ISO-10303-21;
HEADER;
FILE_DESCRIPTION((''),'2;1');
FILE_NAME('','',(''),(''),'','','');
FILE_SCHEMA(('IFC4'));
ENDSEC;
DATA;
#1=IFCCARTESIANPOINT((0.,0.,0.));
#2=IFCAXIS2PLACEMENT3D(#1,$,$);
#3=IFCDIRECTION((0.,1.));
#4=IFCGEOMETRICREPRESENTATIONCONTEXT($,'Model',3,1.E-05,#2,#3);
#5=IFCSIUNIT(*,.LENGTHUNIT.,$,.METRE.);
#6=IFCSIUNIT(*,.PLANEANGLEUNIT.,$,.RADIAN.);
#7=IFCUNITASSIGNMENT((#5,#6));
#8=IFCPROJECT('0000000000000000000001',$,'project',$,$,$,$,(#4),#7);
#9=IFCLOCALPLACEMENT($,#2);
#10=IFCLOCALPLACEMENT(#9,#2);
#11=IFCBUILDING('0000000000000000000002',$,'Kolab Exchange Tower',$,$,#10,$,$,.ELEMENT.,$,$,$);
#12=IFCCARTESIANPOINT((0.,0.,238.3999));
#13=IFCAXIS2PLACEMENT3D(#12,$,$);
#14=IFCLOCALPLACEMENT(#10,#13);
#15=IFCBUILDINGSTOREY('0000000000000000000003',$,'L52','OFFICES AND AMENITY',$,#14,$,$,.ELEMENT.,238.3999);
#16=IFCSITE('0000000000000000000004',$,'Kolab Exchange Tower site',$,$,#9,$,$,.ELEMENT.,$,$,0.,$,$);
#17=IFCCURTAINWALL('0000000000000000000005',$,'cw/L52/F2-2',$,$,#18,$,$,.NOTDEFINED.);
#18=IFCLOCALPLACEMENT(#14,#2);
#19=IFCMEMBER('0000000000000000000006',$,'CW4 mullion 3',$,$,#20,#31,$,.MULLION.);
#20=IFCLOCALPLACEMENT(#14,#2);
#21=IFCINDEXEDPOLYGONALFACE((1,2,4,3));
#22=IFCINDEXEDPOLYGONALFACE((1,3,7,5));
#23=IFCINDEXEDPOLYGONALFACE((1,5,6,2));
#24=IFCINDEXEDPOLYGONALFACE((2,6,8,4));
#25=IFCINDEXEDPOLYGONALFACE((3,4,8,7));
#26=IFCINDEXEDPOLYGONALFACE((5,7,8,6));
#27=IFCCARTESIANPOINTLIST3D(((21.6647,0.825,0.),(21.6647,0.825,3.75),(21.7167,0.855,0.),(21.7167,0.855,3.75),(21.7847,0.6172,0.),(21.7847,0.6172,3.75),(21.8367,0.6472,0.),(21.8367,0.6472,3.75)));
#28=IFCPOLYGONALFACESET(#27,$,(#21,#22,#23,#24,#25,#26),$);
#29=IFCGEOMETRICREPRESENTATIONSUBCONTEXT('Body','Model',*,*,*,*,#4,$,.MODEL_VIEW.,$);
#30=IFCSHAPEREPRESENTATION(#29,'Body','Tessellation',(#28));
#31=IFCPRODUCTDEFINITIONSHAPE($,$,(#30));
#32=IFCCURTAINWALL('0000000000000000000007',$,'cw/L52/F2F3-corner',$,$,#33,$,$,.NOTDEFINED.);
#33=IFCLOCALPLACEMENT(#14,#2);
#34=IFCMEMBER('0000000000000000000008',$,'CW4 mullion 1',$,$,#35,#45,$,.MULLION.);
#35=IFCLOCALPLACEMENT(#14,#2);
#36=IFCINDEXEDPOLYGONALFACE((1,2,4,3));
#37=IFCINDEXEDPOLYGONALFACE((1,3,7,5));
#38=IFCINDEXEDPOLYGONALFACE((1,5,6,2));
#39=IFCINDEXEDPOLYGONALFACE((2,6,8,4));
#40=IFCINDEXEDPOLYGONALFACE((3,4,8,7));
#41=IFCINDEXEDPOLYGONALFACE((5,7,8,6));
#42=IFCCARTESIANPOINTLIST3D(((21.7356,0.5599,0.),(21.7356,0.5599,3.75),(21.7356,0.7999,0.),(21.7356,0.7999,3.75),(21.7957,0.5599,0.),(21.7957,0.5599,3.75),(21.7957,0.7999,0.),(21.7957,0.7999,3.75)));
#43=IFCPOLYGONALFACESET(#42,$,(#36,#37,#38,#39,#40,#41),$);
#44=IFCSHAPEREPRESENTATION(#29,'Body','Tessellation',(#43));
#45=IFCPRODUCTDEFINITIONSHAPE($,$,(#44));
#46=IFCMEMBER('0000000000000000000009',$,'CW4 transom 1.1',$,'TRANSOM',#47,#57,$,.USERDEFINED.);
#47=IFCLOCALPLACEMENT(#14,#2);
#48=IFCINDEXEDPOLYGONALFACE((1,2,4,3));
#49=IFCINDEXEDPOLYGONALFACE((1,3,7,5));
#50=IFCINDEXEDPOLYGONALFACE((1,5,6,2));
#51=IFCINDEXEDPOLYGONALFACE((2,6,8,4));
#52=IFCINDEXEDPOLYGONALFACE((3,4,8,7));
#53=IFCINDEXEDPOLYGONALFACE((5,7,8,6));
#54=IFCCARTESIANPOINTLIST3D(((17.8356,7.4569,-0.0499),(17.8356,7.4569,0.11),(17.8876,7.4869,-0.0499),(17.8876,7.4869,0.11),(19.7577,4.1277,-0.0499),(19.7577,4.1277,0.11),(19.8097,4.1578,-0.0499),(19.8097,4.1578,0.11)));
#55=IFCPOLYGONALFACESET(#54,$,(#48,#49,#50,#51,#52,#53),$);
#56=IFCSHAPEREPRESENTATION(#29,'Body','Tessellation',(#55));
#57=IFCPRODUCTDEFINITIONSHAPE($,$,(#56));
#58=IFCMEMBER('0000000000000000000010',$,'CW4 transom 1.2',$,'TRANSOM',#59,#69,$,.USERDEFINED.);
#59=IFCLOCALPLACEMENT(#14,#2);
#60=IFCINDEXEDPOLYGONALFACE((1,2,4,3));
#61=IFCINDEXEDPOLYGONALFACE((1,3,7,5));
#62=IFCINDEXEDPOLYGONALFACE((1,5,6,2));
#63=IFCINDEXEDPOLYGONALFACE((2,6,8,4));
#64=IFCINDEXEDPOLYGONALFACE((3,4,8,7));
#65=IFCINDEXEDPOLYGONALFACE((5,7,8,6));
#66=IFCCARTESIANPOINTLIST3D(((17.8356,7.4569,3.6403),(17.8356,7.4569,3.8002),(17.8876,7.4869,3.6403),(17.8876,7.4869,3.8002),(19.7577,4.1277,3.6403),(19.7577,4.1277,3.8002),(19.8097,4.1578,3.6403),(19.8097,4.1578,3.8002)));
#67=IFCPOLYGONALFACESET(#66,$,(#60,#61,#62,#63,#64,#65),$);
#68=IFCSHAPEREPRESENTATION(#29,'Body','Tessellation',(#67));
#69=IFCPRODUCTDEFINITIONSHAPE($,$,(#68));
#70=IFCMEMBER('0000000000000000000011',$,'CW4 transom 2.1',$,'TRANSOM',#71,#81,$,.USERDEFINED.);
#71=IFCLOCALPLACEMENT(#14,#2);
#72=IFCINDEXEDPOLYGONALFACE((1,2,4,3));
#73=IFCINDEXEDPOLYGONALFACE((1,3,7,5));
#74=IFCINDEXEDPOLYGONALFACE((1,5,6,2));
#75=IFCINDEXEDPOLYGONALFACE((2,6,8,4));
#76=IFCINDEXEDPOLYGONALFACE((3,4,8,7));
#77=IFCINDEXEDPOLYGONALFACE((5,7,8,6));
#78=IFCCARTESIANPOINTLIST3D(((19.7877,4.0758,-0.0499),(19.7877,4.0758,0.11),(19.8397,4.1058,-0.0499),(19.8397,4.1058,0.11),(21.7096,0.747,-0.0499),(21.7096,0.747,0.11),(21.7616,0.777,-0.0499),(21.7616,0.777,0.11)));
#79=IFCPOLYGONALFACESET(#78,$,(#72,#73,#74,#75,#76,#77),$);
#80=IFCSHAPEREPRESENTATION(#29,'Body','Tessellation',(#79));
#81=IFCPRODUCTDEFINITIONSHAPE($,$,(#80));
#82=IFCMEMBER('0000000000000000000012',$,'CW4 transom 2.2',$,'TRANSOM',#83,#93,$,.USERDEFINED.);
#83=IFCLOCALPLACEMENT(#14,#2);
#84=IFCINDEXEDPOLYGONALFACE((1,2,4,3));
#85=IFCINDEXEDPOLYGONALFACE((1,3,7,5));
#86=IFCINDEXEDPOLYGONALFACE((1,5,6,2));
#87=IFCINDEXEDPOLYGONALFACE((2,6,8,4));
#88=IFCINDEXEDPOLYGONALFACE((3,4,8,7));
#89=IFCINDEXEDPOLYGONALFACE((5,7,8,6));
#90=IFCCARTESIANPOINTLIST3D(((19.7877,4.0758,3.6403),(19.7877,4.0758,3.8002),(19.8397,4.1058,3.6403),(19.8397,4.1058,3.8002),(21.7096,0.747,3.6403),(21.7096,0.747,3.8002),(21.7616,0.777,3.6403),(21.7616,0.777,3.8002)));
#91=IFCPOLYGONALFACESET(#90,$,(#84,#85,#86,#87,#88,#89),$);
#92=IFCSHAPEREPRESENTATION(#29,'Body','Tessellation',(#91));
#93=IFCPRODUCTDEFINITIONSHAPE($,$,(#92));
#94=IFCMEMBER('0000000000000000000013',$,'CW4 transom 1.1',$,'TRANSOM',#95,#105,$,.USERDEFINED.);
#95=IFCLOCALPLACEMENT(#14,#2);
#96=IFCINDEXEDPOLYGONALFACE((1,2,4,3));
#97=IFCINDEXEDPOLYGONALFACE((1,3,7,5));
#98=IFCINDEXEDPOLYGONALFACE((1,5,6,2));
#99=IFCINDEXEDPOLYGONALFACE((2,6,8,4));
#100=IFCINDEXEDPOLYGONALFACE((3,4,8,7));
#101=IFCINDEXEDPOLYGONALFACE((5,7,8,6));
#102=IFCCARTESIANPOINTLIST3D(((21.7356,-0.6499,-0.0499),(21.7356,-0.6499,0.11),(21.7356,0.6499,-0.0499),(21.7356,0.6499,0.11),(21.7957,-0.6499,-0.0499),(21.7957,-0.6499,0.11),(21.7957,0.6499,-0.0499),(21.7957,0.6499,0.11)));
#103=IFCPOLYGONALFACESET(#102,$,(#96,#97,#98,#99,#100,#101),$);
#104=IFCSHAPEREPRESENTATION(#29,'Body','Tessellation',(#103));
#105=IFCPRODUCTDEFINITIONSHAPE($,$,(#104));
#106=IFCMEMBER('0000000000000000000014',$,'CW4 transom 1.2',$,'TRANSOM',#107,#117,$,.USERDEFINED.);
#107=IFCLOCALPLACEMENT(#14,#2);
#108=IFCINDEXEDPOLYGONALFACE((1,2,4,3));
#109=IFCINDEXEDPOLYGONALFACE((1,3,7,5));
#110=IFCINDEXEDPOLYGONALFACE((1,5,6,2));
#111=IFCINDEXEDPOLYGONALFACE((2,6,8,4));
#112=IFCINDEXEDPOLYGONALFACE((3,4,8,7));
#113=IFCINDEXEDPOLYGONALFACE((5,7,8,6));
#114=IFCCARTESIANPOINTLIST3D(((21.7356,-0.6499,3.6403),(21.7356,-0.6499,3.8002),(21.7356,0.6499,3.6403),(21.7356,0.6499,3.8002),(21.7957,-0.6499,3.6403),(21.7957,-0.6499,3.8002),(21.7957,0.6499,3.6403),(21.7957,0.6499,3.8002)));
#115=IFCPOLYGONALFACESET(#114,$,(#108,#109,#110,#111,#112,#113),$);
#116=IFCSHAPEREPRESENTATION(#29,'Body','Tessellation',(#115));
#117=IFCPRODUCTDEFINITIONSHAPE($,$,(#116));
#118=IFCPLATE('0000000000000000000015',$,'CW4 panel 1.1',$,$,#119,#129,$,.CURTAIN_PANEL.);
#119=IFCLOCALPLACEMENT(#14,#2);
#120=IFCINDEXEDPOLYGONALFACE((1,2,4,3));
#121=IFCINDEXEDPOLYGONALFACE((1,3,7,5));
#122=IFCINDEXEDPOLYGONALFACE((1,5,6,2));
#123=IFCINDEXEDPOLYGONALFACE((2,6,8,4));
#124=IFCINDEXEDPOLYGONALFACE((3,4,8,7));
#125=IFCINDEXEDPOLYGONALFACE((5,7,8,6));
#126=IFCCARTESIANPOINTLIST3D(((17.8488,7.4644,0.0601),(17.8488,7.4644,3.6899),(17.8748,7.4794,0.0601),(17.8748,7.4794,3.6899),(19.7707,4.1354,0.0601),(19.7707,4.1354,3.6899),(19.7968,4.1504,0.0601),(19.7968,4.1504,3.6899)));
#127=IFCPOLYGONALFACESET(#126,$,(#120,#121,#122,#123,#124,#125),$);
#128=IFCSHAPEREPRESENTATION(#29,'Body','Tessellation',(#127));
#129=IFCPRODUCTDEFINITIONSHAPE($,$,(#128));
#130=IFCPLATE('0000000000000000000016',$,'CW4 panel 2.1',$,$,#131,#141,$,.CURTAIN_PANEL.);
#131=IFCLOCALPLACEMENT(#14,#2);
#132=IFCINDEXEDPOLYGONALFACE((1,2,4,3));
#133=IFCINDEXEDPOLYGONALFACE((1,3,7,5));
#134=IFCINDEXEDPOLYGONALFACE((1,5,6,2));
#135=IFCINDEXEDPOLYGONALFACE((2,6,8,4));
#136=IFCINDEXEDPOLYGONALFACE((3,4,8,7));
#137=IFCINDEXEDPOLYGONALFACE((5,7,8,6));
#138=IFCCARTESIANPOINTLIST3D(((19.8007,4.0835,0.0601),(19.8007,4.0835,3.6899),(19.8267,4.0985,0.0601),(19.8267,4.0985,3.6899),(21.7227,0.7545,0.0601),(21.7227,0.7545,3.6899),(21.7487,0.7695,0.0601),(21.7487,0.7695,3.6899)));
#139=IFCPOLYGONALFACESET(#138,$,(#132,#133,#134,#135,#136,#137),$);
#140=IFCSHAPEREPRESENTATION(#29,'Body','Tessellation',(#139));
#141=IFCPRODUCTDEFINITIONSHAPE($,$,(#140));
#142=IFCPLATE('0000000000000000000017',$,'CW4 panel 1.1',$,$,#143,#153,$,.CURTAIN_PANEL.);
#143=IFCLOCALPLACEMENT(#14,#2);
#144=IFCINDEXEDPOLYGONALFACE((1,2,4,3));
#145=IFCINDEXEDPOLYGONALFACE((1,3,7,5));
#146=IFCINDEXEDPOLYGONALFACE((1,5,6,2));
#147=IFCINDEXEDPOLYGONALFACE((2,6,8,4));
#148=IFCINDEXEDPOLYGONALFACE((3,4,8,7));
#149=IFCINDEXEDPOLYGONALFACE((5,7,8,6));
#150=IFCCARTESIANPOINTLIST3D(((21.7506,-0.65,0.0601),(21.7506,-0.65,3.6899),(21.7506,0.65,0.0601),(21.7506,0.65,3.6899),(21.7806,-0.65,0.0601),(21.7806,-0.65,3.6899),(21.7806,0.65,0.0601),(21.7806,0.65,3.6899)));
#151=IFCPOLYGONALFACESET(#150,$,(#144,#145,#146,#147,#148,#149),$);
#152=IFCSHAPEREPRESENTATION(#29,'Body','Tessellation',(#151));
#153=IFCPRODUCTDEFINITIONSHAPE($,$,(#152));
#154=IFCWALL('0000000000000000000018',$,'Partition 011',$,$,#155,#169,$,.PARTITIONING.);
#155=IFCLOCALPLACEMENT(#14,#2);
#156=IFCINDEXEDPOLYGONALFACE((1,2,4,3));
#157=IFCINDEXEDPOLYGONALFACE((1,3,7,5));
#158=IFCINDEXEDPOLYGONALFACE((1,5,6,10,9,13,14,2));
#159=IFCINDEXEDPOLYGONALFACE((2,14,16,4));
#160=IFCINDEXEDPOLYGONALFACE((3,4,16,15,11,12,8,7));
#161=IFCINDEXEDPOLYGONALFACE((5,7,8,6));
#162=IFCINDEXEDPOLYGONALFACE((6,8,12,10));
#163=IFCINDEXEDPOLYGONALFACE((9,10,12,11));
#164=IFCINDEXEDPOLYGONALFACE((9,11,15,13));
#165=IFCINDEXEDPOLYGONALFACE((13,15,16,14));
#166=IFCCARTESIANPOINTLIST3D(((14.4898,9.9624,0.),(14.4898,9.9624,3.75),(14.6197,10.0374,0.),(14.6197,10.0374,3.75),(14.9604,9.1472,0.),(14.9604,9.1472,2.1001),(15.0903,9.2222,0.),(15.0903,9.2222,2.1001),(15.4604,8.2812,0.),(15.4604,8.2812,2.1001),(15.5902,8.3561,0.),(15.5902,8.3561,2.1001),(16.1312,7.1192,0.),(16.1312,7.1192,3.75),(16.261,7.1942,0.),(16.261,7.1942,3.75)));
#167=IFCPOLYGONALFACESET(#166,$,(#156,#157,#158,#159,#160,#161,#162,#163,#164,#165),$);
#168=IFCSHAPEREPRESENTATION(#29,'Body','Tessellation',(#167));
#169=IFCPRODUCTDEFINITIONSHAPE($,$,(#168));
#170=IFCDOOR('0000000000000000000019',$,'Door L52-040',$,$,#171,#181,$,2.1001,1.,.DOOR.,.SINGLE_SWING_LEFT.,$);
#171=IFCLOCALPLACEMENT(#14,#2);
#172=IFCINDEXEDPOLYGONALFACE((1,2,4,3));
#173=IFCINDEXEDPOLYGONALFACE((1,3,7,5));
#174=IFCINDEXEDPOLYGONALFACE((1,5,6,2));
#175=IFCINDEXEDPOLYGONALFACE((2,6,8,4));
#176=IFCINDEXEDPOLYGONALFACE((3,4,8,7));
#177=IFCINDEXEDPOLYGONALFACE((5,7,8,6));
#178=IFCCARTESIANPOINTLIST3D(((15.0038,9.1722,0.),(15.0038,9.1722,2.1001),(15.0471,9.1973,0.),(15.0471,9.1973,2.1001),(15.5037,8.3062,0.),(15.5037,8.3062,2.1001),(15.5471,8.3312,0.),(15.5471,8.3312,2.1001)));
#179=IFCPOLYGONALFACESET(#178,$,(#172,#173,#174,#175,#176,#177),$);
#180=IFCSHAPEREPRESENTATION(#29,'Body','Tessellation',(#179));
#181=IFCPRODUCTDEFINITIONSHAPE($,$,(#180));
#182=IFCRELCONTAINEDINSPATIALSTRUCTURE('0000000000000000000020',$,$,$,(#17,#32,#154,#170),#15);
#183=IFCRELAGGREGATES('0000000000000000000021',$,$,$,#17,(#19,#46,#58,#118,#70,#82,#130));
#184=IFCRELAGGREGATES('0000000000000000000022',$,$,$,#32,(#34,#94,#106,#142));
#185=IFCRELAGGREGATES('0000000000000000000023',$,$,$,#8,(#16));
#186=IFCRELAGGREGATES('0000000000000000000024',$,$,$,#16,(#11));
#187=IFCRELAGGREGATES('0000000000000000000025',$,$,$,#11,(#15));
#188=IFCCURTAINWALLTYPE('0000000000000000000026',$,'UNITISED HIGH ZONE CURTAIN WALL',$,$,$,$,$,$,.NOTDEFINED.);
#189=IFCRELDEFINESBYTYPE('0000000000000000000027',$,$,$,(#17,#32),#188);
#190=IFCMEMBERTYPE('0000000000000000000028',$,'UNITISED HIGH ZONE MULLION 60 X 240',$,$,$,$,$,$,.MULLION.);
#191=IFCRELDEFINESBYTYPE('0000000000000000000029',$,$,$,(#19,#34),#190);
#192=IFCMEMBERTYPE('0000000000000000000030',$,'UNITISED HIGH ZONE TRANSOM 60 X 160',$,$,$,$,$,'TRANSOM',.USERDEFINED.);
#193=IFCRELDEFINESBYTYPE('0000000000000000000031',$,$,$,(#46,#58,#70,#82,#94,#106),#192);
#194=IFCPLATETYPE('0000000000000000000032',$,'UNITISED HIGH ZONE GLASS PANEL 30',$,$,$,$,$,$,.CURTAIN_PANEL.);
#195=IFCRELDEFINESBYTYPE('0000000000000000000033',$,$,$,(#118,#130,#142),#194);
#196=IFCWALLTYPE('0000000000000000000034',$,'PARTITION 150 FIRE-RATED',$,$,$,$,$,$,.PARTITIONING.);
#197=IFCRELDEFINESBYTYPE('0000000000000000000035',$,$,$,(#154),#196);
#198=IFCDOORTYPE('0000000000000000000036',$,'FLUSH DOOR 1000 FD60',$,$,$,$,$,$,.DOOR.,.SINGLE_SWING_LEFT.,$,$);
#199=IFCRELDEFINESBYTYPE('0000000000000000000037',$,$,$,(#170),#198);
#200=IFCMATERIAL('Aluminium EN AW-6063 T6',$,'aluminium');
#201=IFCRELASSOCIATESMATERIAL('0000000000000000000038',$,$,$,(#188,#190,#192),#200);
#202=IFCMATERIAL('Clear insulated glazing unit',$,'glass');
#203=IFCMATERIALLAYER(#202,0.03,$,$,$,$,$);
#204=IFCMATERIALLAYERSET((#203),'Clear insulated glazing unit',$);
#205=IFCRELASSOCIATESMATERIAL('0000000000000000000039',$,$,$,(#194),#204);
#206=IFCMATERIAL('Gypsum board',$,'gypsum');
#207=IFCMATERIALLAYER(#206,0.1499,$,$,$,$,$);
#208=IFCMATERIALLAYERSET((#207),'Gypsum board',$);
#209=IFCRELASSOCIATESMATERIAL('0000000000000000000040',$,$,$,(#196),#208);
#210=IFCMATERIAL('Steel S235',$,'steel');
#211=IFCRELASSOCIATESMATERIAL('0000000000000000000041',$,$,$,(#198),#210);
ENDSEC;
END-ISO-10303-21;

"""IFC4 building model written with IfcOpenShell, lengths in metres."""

from ifc_helpers import new_model, si_unit, direction, frame, frame_2d, origin, origin_2d, place, context, subcontext, project, spatial, rectangle, extrude, material, layer, layer_set, material_profile, profile_set, type_object, element, fill, aggregate, save


model = new_model("IFC4")

# Units and contexts
model_context = context("Model", 3, precision=1e-05, world=origin(), true_north=direction((0.0, 1.0)))
body_context = subcontext(model_context, "Body", "Model", "MODEL_VIEW")
ifc_project = project(units=[si_unit("LENGTHUNIT", "METRE"), si_unit("PLANEANGLEUNIT", "RADIAN")], contexts=[model_context])

# Site, building, storey
site_placement = place(None, origin())
site = spatial("IfcSite", under=ifc_project, at=site_placement, Name="Kolab Exchange Tower site", CompositionType="ELEMENT", RefElevation=0.0)
building_placement = place(site_placement, origin())
building = spatial("IfcBuilding", under=site, at=building_placement, Name="Kolab Exchange Tower", CompositionType="ELEMENT")
storey_placement = place(building_placement, frame((0.0, 0.0, 238.3999)))
storey = spatial("IfcBuildingStorey", under=building, at=storey_placement, Name="L52", Description="OFFICES AND AMENITY", CompositionType="ELEMENT", Elevation=238.3999)

# Curtain wall, member
ifc_material_1 = material(Name="Aluminium EN AW-6063 T6", Category="aluminium")
curtain_wall_type = type_object("IfcCurtainWallType", Name="UNITISED HIGH ZONE CURTAIN WALL", PredefinedType="NOTDEFINED", material=ifc_material_1)
curtain_wall_1_placement = place(storey_placement, origin())
curtain_wall_1 = element("IfcCurtainWall", 1, at=curtain_wall_1_placement, inside=storey, type_object=curtain_wall_type, Name="cw/L52/F2-2", PredefinedType="NOTDEFINED")
ifc_material_profile_1 = material_profile(ifc_material_1, rectangle(XDim=0.0601, YDim=0.24, at=origin_2d()), Name="RECT 60X240")
ifc_profile_set_1 = profile_set([ifc_material_profile_1], Name="Aluminium EN AW-6063 T6")
member_type_1 = type_object("IfcMemberType", Name="UNITISED HIGH ZONE MULLION 60 X 240", PredefinedType="MULLION", material=ifc_profile_set_1)
member_1_placement = place(storey_placement, frame((21.7507, 0.7361, 0.0), z_axis=(0.0, 0.0, 1.0), x_axis=(0.866025, 0.5, 0.0)))
member_1 = element("IfcMember", 2, at=member_1_placement, type_object=member_type_1, Name="CW4 mullion 3", PredefinedType="MULLION", context=body_context, shape_type="SweptSolid", body=[
    extrude(rectangle(XDim=0.0601, YDim=0.24, at=origin_2d()), origin(), (0.0, 0.0, 1.0), 3.75),
])

# Curtain wall, member
curtain_wall_2_placement = place(storey_placement, origin())
curtain_wall_2 = element("IfcCurtainWall", 3, at=curtain_wall_2_placement, inside=storey, type_object=curtain_wall_type, Name="cw/L52/F2F3-corner", PredefinedType="NOTDEFINED")
member_2_placement = place(storey_placement, frame((21.7656, 0.6799, 0.0), z_axis=(0.0, 0.0, 1.0), x_axis=(1.0, 0.0, 0.0)))
member_2 = element("IfcMember", 4, at=member_2_placement, type_object=member_type_1, Name="CW4 mullion 1", PredefinedType="MULLION", context=body_context, shape_type="SweptSolid", body=[
    extrude(rectangle(XDim=0.0601, YDim=0.24, at=origin_2d()), origin(), (0.0, 0.0, 1.0), 3.75),
])

# Members
ifc_material_profile_2 = material_profile(ifc_material_1, rectangle(XDim=0.0601, YDim=0.1599, at=origin_2d()), Name="RECT 60X160")
ifc_profile_set_2 = profile_set([ifc_material_profile_2], Name="Aluminium EN AW-6063 T6")
member_type_2 = type_object("IfcMemberType", Name="UNITISED HIGH ZONE TRANSOM 60 X 160", ElementType="TRANSOM", PredefinedType="USERDEFINED", material=ifc_profile_set_2)
member_3_placement = place(storey_placement, frame((17.8616, 7.4719, 0.03), z_axis=(0.500012, -0.866018, 0.0), x_axis=(0.866018, 0.500012, 0.0)))
member_3 = element("IfcMember", 5, at=member_3_placement, type_object=member_type_2, Name="CW4 transom 1.1", ObjectType="TRANSOM", PredefinedType="USERDEFINED", context=body_context, shape_type="SweptSolid", body=[
    extrude(rectangle(XDim=0.0601, YDim=0.1599, at=origin_2d()), origin(), (0.0, 0.0, 1.0), 3.8442),
])
member_4_placement = place(storey_placement, frame((17.8616, 7.4719, 3.7202), z_axis=(0.500012, -0.866018, 0.0), x_axis=(0.866018, 0.500012, 0.0)))
member_4 = element("IfcMember", 6, at=member_4_placement, type_object=member_type_2, Name="CW4 transom 1.2", ObjectType="TRANSOM", PredefinedType="USERDEFINED", context=body_context, shape_type="SweptSolid", body=[
    extrude(rectangle(XDim=0.0601, YDim=0.1599, at=origin_2d()), origin(), (0.0, 0.0, 1.0), 3.8442),
])
member_5_placement = place(storey_placement, frame((19.8137, 4.0908, 0.03), z_axis=(0.499992, -0.86603, 0.0), x_axis=(0.86603, 0.499992, 0.0)))
member_5 = element("IfcMember", 7, at=member_5_placement, type_object=member_type_2, Name="CW4 transom 2.1", ObjectType="TRANSOM", PredefinedType="USERDEFINED", context=body_context, shape_type="SweptSolid", body=[
    extrude(rectangle(XDim=0.0601, YDim=0.1599, at=origin_2d()), origin(), (0.0, 0.0, 1.0), 3.8438),
])
member_6_placement = place(storey_placement, frame((19.8137, 4.0908, 3.7202), z_axis=(0.499992, -0.86603, 0.0), x_axis=(0.86603, 0.499992, 0.0)))
member_6 = element("IfcMember", 8, at=member_6_placement, type_object=member_type_2, Name="CW4 transom 2.2", ObjectType="TRANSOM", PredefinedType="USERDEFINED", context=body_context, shape_type="SweptSolid", body=[
    extrude(rectangle(XDim=0.0601, YDim=0.1599, at=origin_2d()), origin(), (0.0, 0.0, 1.0), 3.8438),
])
member_7_placement = place(storey_placement, frame((21.7656, 0.6499, 0.03), z_axis=(0.0, -1.0, 0.0), x_axis=(1.0, 0.0, 0.0)))
member_7 = element("IfcMember", 9, at=member_7_placement, type_object=member_type_2, Name="CW4 transom 1.1", ObjectType="TRANSOM", PredefinedType="USERDEFINED", context=body_context, shape_type="SweptSolid", body=[
    extrude(rectangle(XDim=0.0601, YDim=0.1599, at=origin_2d()), origin(), (0.0, 0.0, 1.0), 1.2998),
])
member_8_placement = place(storey_placement, frame((21.7656, 0.6499, 3.7202), z_axis=(0.0, -1.0, 0.0), x_axis=(1.0, 0.0, 0.0)))
member_8 = element("IfcMember", 10, at=member_8_placement, type_object=member_type_2, Name="CW4 transom 1.2", ObjectType="TRANSOM", PredefinedType="USERDEFINED", context=body_context, shape_type="SweptSolid", body=[
    extrude(rectangle(XDim=0.0601, YDim=0.1599, at=origin_2d()), origin(), (0.0, 0.0, 1.0), 1.2998),
])

# Plates
ifc_material_2 = material(Name="Clear insulated glazing unit", Category="glass")
ifc_layer_1 = layer(ifc_material_2, 0.03)
ifc_layer_set_1 = layer_set([ifc_layer_1], Name="Clear insulated glazing unit")
plate_type = type_object("IfcPlateType", Name="UNITISED HIGH ZONE GLASS PANEL 30", PredefinedType="CURTAIN_PANEL", material=ifc_layer_set_1)
plate_1_placement = place(storey_placement, frame((18.8228, 5.8074, 0.0601), z_axis=(0.0, 0.0, 1.0), x_axis=(0.5, -0.866025, 0.0)))
plate_1 = element("IfcPlate", 11, at=plate_1_placement, type_object=plate_type, Name="CW4 panel 1.1", PredefinedType="CURTAIN_PANEL", context=body_context, shape_type="SweptSolid", body=[
    extrude(rectangle(XDim=3.844, YDim=0.03, at=origin_2d()), origin(), (0.0, 0.0, 1.0), 3.6299),
])
plate_2_placement = place(storey_placement, frame((20.7747, 2.4265, 0.0601), z_axis=(0.0, 0.0, 1.0), x_axis=(0.5, -0.866025, 0.0)))
plate_2 = element("IfcPlate", 12, at=plate_2_placement, type_object=plate_type, Name="CW4 panel 2.1", PredefinedType="CURTAIN_PANEL", context=body_context, shape_type="SweptSolid", body=[
    extrude(rectangle(XDim=3.844, YDim=0.03, at=origin_2d()), origin(), (0.0, 0.0, 1.0), 3.6299),
])
aggregate(curtain_wall_1, [member_1, member_3, member_4, plate_1, member_5, member_6, plate_2])
plate_3_placement = place(storey_placement, frame((21.7656, 0.0, 0.0601), z_axis=(0.0, 0.0, 1.0), x_axis=(0.0, -1.0, 0.0)))
plate_3 = element("IfcPlate", 13, at=plate_3_placement, type_object=plate_type, Name="CW4 panel 1.1", PredefinedType="CURTAIN_PANEL", context=body_context, shape_type="SweptSolid", body=[
    extrude(rectangle(XDim=1.3, YDim=0.03, at=origin_2d()), origin(), (0.0, 0.0, 1.0), 3.6299),
])
aggregate(curtain_wall_2, [member_2, member_7, member_8, plate_3])

# Wall, opening, door
ifc_material_3 = material(Name="Gypsum board", Category="gypsum")
ifc_layer_2 = layer(ifc_material_3, 0.1499)
ifc_layer_set_2 = layer_set([ifc_layer_2], Name="Gypsum board")
wall_type = type_object("IfcWallType", Name="PARTITION 150 FIRE-RATED", PredefinedType="PARTITIONING", material=ifc_layer_set_2)
wall_1_placement = place(storey_placement, frame((14.5547, 10.0, 0.0), z_axis=(0.0, 0.0, 1.0), x_axis=(0.499954, -0.866052, 0.0)))
wall_1 = element("IfcWall", 14, at=wall_1_placement, inside=storey, type_object=wall_type, Name="Partition 011", PredefinedType="PARTITIONING", context=body_context, shape_type="SweptSolid", body=[
    extrude(rectangle(XDim=3.283, YDim=0.1499, at=frame_2d((1.6416, 0.0))), origin(), (0.0, 0.0, 1.0), 3.75),
])
opening_1_placement = place(wall_1_placement, frame((0.9414, 0.0, 0.0)))
opening_1 = element("IfcOpeningElement", 15, at=opening_1_placement, cuts=wall_1, PredefinedType="OPENING", context=body_context, shape_type="SweptSolid", body=[
    extrude(rectangle(XDim=1.0, YDim=2.1001, at=frame_2d((0.5, 1.05))), frame((0.0, 0.085, 0.0), z_axis=(0.0, -1.0, 0.0), x_axis=(1.0, 0.0, 0.0)), (0.0, 0.0, 1.0), 0.1699),
])
ifc_material_4 = material(Name="Steel S235", Category="steel")
door_type = type_object("IfcDoorType", Name="FLUSH DOOR 1000 FD60", OperationType="SINGLE_SWING_LEFT", PredefinedType="DOOR", material=ifc_material_4)
door_1_placement = place(opening_1_placement, frame((1.0, 0.0, 0.0), z_axis=(0.0, 0.0, 1.0), x_axis=(-1.0, 0.0, 0.0)))
door_1 = element("IfcDoor", 16, at=door_1_placement, inside=storey, type_object=door_type, Name="Door L52-040", OperationType="SINGLE_SWING_LEFT", OverallHeight=2.1001, OverallWidth=1.0, PredefinedType="DOOR", context=body_context, shape_type="SweptSolid", body=[
    extrude(rectangle(XDim=1.0, YDim=2.1001, at=frame_2d((0.5, 1.05))), frame((0.0, 0.0249, 0.0), z_axis=(0.0, -1.0, 0.0), x_axis=(1.0, 0.0, 0.0)), (0.0, 0.0, 1.0), 0.05),
])
fill(opening_1, door_1)

save(model, "model.ifc")
